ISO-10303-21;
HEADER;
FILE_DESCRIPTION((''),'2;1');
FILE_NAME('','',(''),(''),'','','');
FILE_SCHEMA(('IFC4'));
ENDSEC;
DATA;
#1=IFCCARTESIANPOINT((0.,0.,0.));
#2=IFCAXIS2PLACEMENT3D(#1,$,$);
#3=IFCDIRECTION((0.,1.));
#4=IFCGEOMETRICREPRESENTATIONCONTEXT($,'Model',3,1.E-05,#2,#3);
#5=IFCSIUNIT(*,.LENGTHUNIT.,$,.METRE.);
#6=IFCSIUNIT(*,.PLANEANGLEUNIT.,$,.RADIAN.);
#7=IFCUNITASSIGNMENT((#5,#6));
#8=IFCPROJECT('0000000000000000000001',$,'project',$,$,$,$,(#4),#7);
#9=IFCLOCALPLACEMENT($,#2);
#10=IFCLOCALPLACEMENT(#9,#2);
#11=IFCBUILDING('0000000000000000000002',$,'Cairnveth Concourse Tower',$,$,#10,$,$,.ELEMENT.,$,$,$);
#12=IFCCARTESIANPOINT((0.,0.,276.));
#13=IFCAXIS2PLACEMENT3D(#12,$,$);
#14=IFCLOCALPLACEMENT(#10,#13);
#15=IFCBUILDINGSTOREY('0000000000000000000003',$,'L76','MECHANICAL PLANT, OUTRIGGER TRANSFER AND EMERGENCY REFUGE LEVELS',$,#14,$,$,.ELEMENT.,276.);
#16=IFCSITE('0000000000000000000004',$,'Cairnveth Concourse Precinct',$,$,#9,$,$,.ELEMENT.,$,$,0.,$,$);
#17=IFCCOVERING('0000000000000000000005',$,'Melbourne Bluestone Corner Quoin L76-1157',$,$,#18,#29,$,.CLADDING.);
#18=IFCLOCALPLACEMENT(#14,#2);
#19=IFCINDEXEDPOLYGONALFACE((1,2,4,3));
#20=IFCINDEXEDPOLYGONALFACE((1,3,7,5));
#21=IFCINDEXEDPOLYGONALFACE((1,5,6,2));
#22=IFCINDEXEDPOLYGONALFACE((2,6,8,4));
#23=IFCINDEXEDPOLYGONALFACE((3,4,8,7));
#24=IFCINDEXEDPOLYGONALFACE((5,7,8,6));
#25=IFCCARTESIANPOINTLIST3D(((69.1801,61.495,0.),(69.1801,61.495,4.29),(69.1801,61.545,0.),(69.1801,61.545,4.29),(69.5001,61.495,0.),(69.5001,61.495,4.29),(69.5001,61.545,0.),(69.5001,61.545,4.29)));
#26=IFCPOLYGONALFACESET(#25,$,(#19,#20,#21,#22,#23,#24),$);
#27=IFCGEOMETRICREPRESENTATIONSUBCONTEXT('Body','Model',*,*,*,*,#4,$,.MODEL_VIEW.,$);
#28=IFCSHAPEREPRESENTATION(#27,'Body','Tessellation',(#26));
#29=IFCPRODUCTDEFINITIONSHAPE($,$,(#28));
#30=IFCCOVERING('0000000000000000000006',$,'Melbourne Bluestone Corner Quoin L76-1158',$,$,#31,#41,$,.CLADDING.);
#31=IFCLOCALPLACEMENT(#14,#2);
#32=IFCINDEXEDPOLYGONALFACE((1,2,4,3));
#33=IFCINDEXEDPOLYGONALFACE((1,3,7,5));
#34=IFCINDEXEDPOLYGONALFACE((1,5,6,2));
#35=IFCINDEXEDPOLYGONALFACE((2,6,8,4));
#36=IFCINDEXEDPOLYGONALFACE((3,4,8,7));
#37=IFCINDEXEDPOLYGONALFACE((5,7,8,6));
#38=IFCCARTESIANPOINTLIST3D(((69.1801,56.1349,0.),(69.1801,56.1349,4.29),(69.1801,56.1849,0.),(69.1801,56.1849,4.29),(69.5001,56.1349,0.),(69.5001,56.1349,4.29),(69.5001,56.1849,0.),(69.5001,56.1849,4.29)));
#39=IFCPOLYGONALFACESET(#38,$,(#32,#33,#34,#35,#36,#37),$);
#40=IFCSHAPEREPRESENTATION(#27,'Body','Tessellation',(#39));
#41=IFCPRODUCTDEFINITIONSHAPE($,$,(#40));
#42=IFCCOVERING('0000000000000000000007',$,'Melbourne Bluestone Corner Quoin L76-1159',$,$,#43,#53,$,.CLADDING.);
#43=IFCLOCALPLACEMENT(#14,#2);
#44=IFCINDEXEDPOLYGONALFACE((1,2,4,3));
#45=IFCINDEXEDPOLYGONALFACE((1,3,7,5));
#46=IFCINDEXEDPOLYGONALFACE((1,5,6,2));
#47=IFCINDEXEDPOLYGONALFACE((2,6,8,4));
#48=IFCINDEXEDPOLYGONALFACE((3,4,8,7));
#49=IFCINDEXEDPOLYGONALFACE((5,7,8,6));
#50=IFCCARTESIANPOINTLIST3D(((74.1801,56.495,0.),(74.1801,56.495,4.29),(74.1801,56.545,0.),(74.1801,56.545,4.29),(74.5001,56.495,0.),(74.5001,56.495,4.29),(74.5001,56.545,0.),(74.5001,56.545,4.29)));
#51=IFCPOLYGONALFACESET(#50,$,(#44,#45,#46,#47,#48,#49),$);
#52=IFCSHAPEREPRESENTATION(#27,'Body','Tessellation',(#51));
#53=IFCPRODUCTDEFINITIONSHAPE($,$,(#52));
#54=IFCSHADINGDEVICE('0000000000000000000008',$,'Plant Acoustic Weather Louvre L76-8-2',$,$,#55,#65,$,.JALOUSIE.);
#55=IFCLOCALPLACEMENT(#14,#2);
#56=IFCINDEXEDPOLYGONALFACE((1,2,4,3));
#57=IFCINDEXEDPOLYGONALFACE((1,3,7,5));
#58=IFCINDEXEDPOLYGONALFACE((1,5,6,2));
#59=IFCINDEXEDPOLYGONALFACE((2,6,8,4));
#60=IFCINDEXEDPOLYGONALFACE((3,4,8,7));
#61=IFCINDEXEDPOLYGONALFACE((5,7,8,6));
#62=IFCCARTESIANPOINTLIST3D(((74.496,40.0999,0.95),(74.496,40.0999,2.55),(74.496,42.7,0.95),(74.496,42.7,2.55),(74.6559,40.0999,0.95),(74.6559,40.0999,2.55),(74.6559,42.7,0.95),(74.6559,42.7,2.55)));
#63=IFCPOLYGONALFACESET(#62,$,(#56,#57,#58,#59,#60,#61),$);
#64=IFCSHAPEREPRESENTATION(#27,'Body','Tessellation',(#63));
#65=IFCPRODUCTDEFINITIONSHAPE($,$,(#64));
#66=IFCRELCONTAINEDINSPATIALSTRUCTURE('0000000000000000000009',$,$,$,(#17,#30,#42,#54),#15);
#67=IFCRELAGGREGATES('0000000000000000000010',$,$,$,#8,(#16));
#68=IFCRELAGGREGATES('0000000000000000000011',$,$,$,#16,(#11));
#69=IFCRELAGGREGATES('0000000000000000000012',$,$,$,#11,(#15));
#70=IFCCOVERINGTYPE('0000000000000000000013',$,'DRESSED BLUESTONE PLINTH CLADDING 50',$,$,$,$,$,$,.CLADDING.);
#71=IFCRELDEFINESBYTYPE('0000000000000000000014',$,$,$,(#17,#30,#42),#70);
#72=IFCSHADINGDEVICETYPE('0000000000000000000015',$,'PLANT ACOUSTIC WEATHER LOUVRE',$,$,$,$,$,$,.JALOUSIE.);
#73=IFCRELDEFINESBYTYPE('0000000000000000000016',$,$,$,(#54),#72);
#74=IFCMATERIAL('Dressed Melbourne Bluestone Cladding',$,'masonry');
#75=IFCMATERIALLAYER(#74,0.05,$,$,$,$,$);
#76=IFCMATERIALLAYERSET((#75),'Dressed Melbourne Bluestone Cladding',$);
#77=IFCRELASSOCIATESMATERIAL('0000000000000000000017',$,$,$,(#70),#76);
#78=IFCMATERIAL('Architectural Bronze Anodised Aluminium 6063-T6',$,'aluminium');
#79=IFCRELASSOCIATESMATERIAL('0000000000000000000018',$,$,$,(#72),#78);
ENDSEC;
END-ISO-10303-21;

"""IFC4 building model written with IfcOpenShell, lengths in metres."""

from ifc_helpers import new_model, si_unit, direction, frame, frame_2d, origin, origin_2d, place, context, subcontext, project, spatial, rectangle, extrude, material, layer, layer_set, type_object, element, save


model = new_model("IFC4")

# Units and contexts
model_context = context("Model", 3, precision=1e-05, world=origin(), true_north=direction((0.0, 1.0)))
body_context = subcontext(model_context, "Body", "Model", "MODEL_VIEW")
ifc_project = project(units=[si_unit("LENGTHUNIT", "METRE"), si_unit("PLANEANGLEUNIT", "RADIAN")], contexts=[model_context])

# Site, building, storey
site_placement = place(None, origin())
site = spatial("IfcSite", under=ifc_project, at=site_placement, Name="Cairnveth Concourse Precinct", CompositionType="ELEMENT", RefElevation=0.0)
building_placement = place(site_placement, origin())
building = spatial("IfcBuilding", under=site, at=building_placement, Name="Cairnveth Concourse Tower", CompositionType="ELEMENT")
storey_placement = place(building_placement, frame((0.0, 0.0, 276.0)))
storey = spatial("IfcBuildingStorey", under=building, at=storey_placement, Name="L76", Description="MECHANICAL PLANT, OUTRIGGER TRANSFER AND EMERGENCY REFUGE LEVELS", CompositionType="ELEMENT", Elevation=276.0)

# Coverings
ifc_material_1 = material(Name="Dressed Melbourne Bluestone Cladding", Category="masonry")
ifc_layer_1 = layer(ifc_material_1, 0.05)
ifc_layer_set_1 = layer_set([ifc_layer_1], Name="Dressed Melbourne Bluestone Cladding")
covering_type = type_object("IfcCoveringType", Name="DRESSED BLUESTONE PLINTH CLADDING 50", PredefinedType="CLADDING", material=ifc_layer_set_1)
for number, where, z_axis, x_axis, name in (
    (1, (69.1799, 61.52, 0.0), (0.0, 0.0, 1.0), (1.0, 0.0, 0.0), "Melbourne Bluestone Corner Quoin L76-1157"),
    (2, (69.1799, 56.1599, 0.0), (0.0, 0.0, 1.0), (1.0, 0.0, 0.0), "Melbourne Bluestone Corner Quoin L76-1158"),
    (3, (74.1799, 56.52, 0.0), (0.0, 0.0, 1.0), (1.0, 0.0, 0.0), "Melbourne Bluestone Corner Quoin L76-1159"),
):
    element("IfcCovering", number, at=place(storey_placement, frame(where, z_axis=z_axis, x_axis=x_axis)), inside=storey, type_object=covering_type, Name=name, PredefinedType="CLADDING", context=body_context, shape_type="SweptSolid", body=[
        extrude(rectangle(XDim=0.3201, YDim=0.05, at=frame_2d((0.1602, 0.0))), origin(), (0.0, 0.0, 1.0), 4.29),
    ])

# Shading device
ifc_material_2 = material(Name="Architectural Bronze Anodised Aluminium 6063-T6", Category="aluminium")
shading_device_type = type_object("IfcShadingDeviceType", Name="PLANT ACOUSTIC WEATHER LOUVRE", PredefinedType="JALOUSIE", material=ifc_material_2)
shading_device_placement = place(storey_placement, frame((74.5759, 41.3999, 0.95), z_axis=(0.0, 0.0, 1.0), x_axis=(1.0, 0.0, 0.0)))
element("IfcShadingDevice", 4, at=shading_device_placement, inside=storey, type_object=shading_device_type, Name="Plant Acoustic Weather Louvre L76-8-2", PredefinedType="JALOUSIE", context=body_context, shape_type="SweptSolid", body=[
    extrude(rectangle(XDim=0.1599, YDim=2.6001, at=origin_2d()), origin(), (0.0, 0.0, 1.0), 1.6001),
])

save(model, "model.ifc")
